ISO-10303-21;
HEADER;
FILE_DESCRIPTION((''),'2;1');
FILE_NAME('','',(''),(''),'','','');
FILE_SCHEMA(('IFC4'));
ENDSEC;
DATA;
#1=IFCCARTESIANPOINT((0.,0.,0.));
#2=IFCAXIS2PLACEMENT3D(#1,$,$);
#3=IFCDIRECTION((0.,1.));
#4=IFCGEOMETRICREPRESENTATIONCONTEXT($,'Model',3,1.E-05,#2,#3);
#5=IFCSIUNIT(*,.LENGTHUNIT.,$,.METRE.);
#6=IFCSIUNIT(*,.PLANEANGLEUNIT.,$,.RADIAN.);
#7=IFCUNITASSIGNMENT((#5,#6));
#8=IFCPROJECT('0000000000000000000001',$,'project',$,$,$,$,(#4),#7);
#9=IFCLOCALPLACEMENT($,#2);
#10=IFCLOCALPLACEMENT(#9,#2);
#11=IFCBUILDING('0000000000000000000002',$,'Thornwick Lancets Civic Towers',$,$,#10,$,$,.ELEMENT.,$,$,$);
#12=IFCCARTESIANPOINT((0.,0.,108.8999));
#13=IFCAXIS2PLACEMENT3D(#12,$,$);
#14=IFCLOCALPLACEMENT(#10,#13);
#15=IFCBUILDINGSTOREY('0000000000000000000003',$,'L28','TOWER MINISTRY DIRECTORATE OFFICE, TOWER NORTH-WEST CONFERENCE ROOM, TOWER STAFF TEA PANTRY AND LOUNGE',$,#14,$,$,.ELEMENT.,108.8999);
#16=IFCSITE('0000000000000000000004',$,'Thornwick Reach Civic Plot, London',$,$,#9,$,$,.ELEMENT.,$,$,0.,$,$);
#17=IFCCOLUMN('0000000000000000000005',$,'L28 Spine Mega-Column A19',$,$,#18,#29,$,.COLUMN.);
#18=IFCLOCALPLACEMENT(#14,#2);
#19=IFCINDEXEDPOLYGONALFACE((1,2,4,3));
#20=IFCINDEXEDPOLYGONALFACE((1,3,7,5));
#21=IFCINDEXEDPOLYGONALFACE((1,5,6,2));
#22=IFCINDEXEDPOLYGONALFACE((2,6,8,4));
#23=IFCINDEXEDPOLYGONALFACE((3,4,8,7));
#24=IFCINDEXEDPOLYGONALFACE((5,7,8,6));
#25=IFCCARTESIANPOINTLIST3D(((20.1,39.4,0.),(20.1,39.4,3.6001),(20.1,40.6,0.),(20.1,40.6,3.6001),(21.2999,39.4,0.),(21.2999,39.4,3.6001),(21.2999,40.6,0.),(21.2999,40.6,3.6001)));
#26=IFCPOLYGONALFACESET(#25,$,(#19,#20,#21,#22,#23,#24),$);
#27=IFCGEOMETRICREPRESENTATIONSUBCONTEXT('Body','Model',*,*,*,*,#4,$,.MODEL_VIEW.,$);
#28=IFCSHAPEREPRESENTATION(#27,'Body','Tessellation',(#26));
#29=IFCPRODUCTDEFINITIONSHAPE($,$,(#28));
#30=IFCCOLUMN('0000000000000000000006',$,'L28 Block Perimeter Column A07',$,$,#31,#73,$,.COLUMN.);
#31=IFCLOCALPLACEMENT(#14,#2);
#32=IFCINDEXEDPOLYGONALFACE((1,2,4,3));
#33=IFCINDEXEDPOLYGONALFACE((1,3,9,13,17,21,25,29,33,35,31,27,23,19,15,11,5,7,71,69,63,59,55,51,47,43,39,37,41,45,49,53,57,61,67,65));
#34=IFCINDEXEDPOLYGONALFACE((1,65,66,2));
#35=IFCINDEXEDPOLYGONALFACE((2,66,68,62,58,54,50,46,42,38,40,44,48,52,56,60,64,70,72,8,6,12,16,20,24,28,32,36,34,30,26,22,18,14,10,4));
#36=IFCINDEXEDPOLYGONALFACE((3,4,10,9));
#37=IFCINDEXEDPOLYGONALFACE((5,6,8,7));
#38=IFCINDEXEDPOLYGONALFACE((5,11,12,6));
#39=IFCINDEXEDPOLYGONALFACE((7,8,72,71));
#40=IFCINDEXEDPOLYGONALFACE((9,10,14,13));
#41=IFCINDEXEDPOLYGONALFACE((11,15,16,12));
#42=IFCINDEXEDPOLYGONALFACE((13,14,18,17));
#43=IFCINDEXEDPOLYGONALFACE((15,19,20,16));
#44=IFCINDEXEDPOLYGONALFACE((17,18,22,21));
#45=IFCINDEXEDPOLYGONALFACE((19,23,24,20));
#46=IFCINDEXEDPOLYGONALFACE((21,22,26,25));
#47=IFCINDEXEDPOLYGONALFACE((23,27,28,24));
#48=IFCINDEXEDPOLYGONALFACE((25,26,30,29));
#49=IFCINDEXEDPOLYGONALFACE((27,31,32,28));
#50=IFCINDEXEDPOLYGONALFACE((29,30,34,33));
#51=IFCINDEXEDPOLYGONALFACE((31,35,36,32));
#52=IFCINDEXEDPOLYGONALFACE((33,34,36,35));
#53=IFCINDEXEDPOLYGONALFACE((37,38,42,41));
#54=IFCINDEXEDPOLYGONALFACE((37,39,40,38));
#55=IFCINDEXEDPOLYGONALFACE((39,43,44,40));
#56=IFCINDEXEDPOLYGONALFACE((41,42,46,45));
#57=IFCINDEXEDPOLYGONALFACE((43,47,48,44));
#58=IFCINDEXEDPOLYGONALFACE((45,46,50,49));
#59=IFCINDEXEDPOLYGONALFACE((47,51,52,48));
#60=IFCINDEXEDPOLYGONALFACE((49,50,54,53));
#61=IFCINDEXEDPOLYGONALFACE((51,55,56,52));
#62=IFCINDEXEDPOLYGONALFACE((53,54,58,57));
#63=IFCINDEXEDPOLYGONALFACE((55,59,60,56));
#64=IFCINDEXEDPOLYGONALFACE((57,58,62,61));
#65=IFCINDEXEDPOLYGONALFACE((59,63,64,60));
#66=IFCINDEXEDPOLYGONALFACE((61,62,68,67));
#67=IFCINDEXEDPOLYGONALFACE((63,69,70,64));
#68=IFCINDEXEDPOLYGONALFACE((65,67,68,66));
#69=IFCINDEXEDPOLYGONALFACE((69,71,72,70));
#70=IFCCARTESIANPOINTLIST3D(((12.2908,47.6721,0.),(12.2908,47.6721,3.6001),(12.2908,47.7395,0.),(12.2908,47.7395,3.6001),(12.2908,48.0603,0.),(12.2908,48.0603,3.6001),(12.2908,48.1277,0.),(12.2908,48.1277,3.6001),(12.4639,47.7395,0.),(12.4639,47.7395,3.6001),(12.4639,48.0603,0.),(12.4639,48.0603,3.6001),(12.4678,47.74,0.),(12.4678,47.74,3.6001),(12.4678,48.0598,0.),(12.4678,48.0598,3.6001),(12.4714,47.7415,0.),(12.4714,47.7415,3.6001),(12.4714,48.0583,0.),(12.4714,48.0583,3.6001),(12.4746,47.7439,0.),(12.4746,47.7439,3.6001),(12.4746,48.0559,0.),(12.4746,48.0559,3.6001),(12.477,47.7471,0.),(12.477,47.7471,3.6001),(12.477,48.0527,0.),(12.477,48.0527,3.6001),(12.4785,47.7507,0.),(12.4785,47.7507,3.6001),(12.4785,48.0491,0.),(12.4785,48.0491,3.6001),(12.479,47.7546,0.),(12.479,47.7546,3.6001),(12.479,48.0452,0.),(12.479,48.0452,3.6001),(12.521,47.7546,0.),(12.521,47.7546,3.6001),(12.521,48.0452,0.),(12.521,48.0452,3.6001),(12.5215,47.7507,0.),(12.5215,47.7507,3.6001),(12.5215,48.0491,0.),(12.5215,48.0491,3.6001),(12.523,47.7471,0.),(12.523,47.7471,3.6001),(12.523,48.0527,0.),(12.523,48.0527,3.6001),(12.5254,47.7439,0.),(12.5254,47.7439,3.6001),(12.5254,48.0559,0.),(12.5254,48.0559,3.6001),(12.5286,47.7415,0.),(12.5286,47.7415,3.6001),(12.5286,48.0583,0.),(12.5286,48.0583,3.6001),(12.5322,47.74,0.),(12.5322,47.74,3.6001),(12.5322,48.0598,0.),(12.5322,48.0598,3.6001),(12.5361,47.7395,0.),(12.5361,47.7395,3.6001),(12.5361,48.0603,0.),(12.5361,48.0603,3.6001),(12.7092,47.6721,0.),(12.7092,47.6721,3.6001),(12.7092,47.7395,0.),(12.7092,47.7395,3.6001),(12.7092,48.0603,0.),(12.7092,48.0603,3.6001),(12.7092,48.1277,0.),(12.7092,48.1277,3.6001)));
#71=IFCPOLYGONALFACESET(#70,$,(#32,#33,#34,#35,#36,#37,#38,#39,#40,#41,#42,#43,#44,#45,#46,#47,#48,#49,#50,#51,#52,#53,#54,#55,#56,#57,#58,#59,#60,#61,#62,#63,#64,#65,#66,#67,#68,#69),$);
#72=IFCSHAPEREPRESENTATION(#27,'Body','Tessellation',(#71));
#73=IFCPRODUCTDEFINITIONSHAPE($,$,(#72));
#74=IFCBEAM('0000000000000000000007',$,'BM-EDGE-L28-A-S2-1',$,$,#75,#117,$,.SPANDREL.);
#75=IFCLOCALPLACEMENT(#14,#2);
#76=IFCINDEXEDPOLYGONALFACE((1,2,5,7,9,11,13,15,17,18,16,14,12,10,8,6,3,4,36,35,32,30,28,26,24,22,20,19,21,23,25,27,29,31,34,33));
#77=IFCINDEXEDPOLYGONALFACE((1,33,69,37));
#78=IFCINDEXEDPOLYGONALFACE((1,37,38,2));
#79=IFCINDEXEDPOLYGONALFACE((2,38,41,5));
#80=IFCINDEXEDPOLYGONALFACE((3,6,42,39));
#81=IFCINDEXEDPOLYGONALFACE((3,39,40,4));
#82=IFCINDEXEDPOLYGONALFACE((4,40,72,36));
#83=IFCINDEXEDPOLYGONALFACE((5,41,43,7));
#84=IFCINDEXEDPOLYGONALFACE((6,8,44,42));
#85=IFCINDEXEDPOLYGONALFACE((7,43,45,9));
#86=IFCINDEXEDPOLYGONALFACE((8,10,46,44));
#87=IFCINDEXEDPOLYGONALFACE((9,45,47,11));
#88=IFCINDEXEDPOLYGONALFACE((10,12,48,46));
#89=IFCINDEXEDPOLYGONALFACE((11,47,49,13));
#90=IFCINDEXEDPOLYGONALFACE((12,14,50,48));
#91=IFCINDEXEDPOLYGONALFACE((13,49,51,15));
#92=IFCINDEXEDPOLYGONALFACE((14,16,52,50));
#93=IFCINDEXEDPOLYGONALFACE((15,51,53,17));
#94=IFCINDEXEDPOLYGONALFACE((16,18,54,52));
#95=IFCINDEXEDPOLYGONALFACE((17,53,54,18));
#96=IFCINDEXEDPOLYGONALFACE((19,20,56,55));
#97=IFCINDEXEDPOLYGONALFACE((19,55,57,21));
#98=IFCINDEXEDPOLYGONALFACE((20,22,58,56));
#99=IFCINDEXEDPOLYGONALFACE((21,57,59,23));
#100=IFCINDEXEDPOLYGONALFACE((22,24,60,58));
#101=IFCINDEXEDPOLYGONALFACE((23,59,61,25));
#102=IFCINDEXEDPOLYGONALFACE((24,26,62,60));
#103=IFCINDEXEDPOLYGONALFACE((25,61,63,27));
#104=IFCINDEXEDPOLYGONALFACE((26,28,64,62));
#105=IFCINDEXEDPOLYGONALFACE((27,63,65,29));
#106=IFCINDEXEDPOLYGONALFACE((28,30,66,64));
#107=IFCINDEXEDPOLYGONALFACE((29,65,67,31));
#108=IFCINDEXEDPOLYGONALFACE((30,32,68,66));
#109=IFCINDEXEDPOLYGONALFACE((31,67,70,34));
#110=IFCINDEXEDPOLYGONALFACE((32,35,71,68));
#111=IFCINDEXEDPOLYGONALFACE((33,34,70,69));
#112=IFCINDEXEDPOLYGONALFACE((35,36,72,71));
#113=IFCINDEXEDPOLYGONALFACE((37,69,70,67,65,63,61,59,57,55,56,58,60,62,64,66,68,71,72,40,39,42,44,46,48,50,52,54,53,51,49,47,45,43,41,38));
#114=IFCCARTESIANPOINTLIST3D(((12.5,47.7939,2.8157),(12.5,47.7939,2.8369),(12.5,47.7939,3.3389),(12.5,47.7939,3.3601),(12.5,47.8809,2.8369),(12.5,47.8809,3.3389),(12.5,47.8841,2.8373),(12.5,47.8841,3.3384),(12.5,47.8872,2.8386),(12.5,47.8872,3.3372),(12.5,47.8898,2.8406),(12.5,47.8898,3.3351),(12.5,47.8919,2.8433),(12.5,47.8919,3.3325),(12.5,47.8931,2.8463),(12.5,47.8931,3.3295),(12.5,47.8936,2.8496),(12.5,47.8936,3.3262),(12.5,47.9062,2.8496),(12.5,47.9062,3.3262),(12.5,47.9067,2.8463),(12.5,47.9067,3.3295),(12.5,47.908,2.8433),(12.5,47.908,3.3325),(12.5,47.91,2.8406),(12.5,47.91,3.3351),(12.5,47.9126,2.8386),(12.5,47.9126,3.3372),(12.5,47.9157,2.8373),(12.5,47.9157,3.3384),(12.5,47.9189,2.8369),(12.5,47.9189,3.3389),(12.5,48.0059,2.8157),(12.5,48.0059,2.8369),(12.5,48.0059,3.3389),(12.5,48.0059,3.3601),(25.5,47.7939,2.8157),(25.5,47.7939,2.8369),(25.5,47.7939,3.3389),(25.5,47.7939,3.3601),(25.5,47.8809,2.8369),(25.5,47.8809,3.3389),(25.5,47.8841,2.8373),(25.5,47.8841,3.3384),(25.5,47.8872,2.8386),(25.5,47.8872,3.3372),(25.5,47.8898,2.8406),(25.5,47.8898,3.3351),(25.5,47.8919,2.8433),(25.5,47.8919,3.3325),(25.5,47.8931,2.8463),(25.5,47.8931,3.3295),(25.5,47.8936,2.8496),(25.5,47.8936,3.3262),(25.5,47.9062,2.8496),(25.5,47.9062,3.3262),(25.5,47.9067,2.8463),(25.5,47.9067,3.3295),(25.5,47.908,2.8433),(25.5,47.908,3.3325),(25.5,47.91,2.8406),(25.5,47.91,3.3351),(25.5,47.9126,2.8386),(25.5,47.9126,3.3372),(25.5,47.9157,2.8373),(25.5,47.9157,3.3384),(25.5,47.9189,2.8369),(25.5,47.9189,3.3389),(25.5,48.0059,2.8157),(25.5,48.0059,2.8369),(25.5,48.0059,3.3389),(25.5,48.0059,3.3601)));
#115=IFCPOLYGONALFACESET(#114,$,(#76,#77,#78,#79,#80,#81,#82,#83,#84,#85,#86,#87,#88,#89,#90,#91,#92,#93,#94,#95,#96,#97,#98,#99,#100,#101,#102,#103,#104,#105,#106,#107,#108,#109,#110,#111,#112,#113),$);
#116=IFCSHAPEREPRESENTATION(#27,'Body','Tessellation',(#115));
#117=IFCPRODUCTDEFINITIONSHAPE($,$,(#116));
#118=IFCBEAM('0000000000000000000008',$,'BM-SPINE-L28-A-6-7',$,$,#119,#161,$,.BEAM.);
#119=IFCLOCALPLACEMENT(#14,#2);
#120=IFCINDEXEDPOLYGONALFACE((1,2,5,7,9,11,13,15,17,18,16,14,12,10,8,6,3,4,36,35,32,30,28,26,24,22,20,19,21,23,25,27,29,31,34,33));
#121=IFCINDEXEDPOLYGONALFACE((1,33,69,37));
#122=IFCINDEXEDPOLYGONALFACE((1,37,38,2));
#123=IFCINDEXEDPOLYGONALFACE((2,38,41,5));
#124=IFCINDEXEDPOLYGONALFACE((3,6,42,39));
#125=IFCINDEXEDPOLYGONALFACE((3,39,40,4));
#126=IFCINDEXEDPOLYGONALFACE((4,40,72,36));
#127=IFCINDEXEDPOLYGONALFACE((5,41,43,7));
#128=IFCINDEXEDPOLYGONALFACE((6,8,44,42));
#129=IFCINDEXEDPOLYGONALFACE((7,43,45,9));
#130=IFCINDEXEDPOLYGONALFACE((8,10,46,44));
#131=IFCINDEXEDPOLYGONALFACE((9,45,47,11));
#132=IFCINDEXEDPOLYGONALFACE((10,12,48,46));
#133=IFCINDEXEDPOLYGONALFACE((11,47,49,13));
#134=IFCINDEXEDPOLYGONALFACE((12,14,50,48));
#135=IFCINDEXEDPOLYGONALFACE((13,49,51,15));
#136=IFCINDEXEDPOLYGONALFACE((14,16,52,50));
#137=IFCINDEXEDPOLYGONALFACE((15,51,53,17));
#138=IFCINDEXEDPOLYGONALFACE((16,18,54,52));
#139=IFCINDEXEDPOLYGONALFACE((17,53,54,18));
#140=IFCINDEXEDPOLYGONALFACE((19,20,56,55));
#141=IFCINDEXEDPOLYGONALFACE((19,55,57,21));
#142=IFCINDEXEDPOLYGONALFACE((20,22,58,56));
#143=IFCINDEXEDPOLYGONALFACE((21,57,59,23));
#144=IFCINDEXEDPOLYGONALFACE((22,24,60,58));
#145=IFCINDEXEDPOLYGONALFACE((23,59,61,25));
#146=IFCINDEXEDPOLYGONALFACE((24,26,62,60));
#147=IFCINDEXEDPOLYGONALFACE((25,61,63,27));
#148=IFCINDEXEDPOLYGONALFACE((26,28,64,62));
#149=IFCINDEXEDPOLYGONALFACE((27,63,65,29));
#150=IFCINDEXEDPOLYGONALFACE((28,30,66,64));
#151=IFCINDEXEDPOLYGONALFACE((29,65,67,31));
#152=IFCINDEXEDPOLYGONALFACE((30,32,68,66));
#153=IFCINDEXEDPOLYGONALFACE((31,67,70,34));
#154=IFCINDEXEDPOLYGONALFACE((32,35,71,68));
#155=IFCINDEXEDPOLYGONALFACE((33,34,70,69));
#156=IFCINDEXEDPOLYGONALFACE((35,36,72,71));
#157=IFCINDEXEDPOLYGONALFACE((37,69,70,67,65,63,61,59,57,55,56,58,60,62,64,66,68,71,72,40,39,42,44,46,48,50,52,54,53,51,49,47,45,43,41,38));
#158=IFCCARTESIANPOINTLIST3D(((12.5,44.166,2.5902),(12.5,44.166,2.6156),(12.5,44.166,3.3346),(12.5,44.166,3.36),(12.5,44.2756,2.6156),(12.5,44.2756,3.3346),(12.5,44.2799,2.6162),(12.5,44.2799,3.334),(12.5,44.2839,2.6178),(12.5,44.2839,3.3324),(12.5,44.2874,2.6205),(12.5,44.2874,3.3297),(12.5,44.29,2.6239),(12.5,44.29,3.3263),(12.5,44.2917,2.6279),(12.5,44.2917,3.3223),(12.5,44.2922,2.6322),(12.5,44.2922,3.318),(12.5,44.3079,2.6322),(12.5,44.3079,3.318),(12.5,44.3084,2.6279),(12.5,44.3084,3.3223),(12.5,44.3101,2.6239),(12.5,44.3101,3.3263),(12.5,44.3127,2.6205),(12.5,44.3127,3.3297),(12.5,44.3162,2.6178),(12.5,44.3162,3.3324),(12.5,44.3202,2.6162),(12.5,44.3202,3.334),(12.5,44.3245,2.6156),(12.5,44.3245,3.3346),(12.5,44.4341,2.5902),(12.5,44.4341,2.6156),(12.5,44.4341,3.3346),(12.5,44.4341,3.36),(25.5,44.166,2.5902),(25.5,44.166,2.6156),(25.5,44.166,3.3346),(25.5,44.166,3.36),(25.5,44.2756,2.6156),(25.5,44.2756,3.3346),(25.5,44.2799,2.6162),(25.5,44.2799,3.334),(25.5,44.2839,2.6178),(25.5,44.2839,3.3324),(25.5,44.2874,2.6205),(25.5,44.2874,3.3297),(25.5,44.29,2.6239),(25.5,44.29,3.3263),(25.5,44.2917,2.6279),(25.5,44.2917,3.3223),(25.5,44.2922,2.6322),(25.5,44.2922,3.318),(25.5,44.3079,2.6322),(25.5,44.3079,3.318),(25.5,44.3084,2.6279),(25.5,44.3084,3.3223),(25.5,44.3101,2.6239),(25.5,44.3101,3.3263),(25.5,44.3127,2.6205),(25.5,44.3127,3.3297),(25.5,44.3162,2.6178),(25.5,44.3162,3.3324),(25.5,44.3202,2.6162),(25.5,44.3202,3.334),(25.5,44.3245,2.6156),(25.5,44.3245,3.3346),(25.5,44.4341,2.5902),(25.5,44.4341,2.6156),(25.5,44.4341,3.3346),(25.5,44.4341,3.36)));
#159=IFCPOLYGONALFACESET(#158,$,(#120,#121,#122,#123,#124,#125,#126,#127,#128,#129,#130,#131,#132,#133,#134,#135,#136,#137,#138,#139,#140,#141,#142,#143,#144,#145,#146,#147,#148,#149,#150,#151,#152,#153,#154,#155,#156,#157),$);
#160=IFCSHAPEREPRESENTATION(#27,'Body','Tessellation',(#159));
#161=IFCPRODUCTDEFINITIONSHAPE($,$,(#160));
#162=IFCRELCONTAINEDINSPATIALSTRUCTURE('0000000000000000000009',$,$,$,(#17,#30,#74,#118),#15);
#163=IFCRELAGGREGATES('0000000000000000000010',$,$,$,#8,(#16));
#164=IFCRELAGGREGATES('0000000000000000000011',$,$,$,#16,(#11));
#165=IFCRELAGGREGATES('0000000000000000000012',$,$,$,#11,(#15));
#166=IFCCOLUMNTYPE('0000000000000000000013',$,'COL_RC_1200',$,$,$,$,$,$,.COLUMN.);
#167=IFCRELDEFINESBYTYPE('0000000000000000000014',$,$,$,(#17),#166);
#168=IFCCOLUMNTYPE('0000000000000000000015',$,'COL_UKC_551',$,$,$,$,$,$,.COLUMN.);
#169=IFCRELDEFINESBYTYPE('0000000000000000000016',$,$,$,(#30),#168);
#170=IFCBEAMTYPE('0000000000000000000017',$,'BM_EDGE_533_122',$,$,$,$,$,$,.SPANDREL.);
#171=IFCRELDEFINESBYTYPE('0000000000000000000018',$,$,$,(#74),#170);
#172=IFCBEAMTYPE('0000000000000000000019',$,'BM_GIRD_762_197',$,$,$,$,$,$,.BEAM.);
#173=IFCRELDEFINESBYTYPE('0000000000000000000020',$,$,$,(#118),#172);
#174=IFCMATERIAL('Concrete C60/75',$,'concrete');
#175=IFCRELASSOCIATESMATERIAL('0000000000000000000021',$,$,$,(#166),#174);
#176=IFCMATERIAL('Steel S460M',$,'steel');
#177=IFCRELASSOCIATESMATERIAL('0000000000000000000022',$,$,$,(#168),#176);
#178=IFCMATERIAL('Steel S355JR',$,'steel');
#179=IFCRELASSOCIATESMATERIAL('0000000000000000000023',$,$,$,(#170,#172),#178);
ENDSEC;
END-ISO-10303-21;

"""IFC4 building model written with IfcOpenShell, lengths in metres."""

from ifc_helpers import new_model, si_unit, direction, frame, origin, origin_2d, place, context, subcontext, project, spatial, rectangle, i_section, extrude, material, material_profile, profile_set, type_object, element, save


model = new_model("IFC4")

# Units and contexts
model_context = context("Model", 3, precision=1e-05, world=origin(), true_north=direction((0.0, 1.0)))
body_context = subcontext(model_context, "Body", "Model", "MODEL_VIEW")
ifc_project = project(units=[si_unit("LENGTHUNIT", "METRE"), si_unit("PLANEANGLEUNIT", "RADIAN")], contexts=[model_context])

# Site, building, storey
site_placement = place(None, origin())
site = spatial("IfcSite", under=ifc_project, at=site_placement, Name="Thornwick Reach Civic Plot, London", CompositionType="ELEMENT", RefElevation=0.0)
building_placement = place(site_placement, origin())
building = spatial("IfcBuilding", under=site, at=building_placement, Name="Thornwick Lancets Civic Towers", CompositionType="ELEMENT")
storey_placement = place(building_placement, frame((0.0, 0.0, 108.8999)))
storey = spatial("IfcBuildingStorey", under=building, at=storey_placement, Name="L28", Description="TOWER MINISTRY DIRECTORATE OFFICE, TOWER NORTH-WEST CONFERENCE ROOM, TOWER STAFF TEA PANTRY AND LOUNGE", CompositionType="ELEMENT", Elevation=108.8999)

# Columns
ifc_material_1 = material(Name="Concrete C60/75", Category="concrete")
ifc_material_profile_1 = material_profile(ifc_material_1, rectangle(XDim=1.2, YDim=1.2, at=origin_2d()), Name="RC 1200x1200")
ifc_profile_set_1 = profile_set([ifc_material_profile_1], Name="Concrete C60/75")
column_type_1 = type_object("IfcColumnType", Name="COL_RC_1200", PredefinedType="COLUMN", material=ifc_profile_set_1)
column_1_placement = place(storey_placement, frame((20.7, 40.0, 0.0), z_axis=(0.0, 0.0, 1.0), x_axis=(1.0, 0.0, 0.0)))
element("IfcColumn", 1, at=column_1_placement, inside=storey, type_object=column_type_1, Name="L28 Spine Mega-Column A19", PredefinedType="COLUMN", context=body_context, shape_type="SweptSolid", body=[
    extrude(rectangle(XDim=1.2, YDim=1.2, at=origin_2d()), origin(), (0.0, 0.0, 1.0), 3.6001),
])
ifc_material_2 = material(Name="Steel S460M", Category="steel")
ifc_material_profile_2 = material_profile(ifc_material_2, i_section(OverallWidth=0.4185, OverallDepth=0.4556, WebThickness=0.042, FlangeThickness=0.0674, FilletRadius=0.0151, at=origin_2d()), Name="UKC 356x406x551")
ifc_profile_set_2 = profile_set([ifc_material_profile_2], Name="Steel S460M")
column_type_2 = type_object("IfcColumnType", Name="COL_UKC_551", PredefinedType="COLUMN", material=ifc_profile_set_2)
column_2_placement = place(storey_placement, frame((12.5, 47.8999, 0.0), z_axis=(0.0, 0.0, 1.0), x_axis=(1.0, 0.0, 0.0)))
element("IfcColumn", 2, at=column_2_placement, inside=storey, type_object=column_type_2, Name="L28 Block Perimeter Column A07", PredefinedType="COLUMN", context=body_context, shape_type="SweptSolid", body=[
    extrude(i_section(OverallWidth=0.4185, OverallDepth=0.4556, WebThickness=0.042, FlangeThickness=0.0674, FilletRadius=0.0151, at=origin_2d()), origin(), (0.0, 0.0, 1.0), 3.6001),
])

# Beams
ifc_material_3 = material(Name="Steel S355JR", Category="steel")
ifc_material_profile_3 = material_profile(ifc_material_3, i_section(OverallWidth=0.2119, OverallDepth=0.5444, WebThickness=0.0127, FlangeThickness=0.0212, FilletRadius=0.0127, at=origin_2d()), Name="UKB 533x210x122")
ifc_profile_set_3 = profile_set([ifc_material_profile_3], Name="Steel S355JR")
beam_type_1 = type_object("IfcBeamType", Name="BM_EDGE_533_122", PredefinedType="SPANDREL", material=ifc_profile_set_3)
beam_1_placement = place(storey_placement, frame((12.5, 47.8999, 3.0879), z_axis=(1.0, 0.0, 0.0), x_axis=(0.0, 1.0, 0.0)))
element("IfcBeam", 3, at=beam_1_placement, inside=storey, type_object=beam_type_1, Name="BM-EDGE-L28-A-S2-1", PredefinedType="SPANDREL", context=body_context, shape_type="SweptSolid", body=[
    extrude(i_section(OverallWidth=0.2119, OverallDepth=0.5444, WebThickness=0.0127, FlangeThickness=0.0212, FilletRadius=0.0127, at=origin_2d()), origin(), (0.0, 0.0, 1.0), 13.0),
])
ifc_material_profile_4 = material_profile(ifc_material_3, i_section(OverallWidth=0.2681, OverallDepth=0.7698, WebThickness=0.0156, FlangeThickness=0.0254, FilletRadius=0.0166, at=origin_2d()), Name="UKB 762x267x197")
ifc_profile_set_4 = profile_set([ifc_material_profile_4], Name="Steel S355JR")
beam_type_2 = type_object("IfcBeamType", Name="BM_GIRD_762_197", PredefinedType="BEAM", material=ifc_profile_set_4)
beam_2_placement = place(storey_placement, frame((12.5, 44.3, 2.9751), z_axis=(1.0, 0.0, 0.0), x_axis=(0.0, 1.0, 0.0)))
element("IfcBeam", 4, at=beam_2_placement, inside=storey, type_object=beam_type_2, Name="BM-SPINE-L28-A-6-7", PredefinedType="BEAM", context=body_context, shape_type="SweptSolid", body=[
    extrude(i_section(OverallWidth=0.2681, OverallDepth=0.7698, WebThickness=0.0156, FlangeThickness=0.0254, FilletRadius=0.0166, at=origin_2d()), origin(), (0.0, 0.0, 1.0), 13.0),
])

save(model, "model.ifc")
